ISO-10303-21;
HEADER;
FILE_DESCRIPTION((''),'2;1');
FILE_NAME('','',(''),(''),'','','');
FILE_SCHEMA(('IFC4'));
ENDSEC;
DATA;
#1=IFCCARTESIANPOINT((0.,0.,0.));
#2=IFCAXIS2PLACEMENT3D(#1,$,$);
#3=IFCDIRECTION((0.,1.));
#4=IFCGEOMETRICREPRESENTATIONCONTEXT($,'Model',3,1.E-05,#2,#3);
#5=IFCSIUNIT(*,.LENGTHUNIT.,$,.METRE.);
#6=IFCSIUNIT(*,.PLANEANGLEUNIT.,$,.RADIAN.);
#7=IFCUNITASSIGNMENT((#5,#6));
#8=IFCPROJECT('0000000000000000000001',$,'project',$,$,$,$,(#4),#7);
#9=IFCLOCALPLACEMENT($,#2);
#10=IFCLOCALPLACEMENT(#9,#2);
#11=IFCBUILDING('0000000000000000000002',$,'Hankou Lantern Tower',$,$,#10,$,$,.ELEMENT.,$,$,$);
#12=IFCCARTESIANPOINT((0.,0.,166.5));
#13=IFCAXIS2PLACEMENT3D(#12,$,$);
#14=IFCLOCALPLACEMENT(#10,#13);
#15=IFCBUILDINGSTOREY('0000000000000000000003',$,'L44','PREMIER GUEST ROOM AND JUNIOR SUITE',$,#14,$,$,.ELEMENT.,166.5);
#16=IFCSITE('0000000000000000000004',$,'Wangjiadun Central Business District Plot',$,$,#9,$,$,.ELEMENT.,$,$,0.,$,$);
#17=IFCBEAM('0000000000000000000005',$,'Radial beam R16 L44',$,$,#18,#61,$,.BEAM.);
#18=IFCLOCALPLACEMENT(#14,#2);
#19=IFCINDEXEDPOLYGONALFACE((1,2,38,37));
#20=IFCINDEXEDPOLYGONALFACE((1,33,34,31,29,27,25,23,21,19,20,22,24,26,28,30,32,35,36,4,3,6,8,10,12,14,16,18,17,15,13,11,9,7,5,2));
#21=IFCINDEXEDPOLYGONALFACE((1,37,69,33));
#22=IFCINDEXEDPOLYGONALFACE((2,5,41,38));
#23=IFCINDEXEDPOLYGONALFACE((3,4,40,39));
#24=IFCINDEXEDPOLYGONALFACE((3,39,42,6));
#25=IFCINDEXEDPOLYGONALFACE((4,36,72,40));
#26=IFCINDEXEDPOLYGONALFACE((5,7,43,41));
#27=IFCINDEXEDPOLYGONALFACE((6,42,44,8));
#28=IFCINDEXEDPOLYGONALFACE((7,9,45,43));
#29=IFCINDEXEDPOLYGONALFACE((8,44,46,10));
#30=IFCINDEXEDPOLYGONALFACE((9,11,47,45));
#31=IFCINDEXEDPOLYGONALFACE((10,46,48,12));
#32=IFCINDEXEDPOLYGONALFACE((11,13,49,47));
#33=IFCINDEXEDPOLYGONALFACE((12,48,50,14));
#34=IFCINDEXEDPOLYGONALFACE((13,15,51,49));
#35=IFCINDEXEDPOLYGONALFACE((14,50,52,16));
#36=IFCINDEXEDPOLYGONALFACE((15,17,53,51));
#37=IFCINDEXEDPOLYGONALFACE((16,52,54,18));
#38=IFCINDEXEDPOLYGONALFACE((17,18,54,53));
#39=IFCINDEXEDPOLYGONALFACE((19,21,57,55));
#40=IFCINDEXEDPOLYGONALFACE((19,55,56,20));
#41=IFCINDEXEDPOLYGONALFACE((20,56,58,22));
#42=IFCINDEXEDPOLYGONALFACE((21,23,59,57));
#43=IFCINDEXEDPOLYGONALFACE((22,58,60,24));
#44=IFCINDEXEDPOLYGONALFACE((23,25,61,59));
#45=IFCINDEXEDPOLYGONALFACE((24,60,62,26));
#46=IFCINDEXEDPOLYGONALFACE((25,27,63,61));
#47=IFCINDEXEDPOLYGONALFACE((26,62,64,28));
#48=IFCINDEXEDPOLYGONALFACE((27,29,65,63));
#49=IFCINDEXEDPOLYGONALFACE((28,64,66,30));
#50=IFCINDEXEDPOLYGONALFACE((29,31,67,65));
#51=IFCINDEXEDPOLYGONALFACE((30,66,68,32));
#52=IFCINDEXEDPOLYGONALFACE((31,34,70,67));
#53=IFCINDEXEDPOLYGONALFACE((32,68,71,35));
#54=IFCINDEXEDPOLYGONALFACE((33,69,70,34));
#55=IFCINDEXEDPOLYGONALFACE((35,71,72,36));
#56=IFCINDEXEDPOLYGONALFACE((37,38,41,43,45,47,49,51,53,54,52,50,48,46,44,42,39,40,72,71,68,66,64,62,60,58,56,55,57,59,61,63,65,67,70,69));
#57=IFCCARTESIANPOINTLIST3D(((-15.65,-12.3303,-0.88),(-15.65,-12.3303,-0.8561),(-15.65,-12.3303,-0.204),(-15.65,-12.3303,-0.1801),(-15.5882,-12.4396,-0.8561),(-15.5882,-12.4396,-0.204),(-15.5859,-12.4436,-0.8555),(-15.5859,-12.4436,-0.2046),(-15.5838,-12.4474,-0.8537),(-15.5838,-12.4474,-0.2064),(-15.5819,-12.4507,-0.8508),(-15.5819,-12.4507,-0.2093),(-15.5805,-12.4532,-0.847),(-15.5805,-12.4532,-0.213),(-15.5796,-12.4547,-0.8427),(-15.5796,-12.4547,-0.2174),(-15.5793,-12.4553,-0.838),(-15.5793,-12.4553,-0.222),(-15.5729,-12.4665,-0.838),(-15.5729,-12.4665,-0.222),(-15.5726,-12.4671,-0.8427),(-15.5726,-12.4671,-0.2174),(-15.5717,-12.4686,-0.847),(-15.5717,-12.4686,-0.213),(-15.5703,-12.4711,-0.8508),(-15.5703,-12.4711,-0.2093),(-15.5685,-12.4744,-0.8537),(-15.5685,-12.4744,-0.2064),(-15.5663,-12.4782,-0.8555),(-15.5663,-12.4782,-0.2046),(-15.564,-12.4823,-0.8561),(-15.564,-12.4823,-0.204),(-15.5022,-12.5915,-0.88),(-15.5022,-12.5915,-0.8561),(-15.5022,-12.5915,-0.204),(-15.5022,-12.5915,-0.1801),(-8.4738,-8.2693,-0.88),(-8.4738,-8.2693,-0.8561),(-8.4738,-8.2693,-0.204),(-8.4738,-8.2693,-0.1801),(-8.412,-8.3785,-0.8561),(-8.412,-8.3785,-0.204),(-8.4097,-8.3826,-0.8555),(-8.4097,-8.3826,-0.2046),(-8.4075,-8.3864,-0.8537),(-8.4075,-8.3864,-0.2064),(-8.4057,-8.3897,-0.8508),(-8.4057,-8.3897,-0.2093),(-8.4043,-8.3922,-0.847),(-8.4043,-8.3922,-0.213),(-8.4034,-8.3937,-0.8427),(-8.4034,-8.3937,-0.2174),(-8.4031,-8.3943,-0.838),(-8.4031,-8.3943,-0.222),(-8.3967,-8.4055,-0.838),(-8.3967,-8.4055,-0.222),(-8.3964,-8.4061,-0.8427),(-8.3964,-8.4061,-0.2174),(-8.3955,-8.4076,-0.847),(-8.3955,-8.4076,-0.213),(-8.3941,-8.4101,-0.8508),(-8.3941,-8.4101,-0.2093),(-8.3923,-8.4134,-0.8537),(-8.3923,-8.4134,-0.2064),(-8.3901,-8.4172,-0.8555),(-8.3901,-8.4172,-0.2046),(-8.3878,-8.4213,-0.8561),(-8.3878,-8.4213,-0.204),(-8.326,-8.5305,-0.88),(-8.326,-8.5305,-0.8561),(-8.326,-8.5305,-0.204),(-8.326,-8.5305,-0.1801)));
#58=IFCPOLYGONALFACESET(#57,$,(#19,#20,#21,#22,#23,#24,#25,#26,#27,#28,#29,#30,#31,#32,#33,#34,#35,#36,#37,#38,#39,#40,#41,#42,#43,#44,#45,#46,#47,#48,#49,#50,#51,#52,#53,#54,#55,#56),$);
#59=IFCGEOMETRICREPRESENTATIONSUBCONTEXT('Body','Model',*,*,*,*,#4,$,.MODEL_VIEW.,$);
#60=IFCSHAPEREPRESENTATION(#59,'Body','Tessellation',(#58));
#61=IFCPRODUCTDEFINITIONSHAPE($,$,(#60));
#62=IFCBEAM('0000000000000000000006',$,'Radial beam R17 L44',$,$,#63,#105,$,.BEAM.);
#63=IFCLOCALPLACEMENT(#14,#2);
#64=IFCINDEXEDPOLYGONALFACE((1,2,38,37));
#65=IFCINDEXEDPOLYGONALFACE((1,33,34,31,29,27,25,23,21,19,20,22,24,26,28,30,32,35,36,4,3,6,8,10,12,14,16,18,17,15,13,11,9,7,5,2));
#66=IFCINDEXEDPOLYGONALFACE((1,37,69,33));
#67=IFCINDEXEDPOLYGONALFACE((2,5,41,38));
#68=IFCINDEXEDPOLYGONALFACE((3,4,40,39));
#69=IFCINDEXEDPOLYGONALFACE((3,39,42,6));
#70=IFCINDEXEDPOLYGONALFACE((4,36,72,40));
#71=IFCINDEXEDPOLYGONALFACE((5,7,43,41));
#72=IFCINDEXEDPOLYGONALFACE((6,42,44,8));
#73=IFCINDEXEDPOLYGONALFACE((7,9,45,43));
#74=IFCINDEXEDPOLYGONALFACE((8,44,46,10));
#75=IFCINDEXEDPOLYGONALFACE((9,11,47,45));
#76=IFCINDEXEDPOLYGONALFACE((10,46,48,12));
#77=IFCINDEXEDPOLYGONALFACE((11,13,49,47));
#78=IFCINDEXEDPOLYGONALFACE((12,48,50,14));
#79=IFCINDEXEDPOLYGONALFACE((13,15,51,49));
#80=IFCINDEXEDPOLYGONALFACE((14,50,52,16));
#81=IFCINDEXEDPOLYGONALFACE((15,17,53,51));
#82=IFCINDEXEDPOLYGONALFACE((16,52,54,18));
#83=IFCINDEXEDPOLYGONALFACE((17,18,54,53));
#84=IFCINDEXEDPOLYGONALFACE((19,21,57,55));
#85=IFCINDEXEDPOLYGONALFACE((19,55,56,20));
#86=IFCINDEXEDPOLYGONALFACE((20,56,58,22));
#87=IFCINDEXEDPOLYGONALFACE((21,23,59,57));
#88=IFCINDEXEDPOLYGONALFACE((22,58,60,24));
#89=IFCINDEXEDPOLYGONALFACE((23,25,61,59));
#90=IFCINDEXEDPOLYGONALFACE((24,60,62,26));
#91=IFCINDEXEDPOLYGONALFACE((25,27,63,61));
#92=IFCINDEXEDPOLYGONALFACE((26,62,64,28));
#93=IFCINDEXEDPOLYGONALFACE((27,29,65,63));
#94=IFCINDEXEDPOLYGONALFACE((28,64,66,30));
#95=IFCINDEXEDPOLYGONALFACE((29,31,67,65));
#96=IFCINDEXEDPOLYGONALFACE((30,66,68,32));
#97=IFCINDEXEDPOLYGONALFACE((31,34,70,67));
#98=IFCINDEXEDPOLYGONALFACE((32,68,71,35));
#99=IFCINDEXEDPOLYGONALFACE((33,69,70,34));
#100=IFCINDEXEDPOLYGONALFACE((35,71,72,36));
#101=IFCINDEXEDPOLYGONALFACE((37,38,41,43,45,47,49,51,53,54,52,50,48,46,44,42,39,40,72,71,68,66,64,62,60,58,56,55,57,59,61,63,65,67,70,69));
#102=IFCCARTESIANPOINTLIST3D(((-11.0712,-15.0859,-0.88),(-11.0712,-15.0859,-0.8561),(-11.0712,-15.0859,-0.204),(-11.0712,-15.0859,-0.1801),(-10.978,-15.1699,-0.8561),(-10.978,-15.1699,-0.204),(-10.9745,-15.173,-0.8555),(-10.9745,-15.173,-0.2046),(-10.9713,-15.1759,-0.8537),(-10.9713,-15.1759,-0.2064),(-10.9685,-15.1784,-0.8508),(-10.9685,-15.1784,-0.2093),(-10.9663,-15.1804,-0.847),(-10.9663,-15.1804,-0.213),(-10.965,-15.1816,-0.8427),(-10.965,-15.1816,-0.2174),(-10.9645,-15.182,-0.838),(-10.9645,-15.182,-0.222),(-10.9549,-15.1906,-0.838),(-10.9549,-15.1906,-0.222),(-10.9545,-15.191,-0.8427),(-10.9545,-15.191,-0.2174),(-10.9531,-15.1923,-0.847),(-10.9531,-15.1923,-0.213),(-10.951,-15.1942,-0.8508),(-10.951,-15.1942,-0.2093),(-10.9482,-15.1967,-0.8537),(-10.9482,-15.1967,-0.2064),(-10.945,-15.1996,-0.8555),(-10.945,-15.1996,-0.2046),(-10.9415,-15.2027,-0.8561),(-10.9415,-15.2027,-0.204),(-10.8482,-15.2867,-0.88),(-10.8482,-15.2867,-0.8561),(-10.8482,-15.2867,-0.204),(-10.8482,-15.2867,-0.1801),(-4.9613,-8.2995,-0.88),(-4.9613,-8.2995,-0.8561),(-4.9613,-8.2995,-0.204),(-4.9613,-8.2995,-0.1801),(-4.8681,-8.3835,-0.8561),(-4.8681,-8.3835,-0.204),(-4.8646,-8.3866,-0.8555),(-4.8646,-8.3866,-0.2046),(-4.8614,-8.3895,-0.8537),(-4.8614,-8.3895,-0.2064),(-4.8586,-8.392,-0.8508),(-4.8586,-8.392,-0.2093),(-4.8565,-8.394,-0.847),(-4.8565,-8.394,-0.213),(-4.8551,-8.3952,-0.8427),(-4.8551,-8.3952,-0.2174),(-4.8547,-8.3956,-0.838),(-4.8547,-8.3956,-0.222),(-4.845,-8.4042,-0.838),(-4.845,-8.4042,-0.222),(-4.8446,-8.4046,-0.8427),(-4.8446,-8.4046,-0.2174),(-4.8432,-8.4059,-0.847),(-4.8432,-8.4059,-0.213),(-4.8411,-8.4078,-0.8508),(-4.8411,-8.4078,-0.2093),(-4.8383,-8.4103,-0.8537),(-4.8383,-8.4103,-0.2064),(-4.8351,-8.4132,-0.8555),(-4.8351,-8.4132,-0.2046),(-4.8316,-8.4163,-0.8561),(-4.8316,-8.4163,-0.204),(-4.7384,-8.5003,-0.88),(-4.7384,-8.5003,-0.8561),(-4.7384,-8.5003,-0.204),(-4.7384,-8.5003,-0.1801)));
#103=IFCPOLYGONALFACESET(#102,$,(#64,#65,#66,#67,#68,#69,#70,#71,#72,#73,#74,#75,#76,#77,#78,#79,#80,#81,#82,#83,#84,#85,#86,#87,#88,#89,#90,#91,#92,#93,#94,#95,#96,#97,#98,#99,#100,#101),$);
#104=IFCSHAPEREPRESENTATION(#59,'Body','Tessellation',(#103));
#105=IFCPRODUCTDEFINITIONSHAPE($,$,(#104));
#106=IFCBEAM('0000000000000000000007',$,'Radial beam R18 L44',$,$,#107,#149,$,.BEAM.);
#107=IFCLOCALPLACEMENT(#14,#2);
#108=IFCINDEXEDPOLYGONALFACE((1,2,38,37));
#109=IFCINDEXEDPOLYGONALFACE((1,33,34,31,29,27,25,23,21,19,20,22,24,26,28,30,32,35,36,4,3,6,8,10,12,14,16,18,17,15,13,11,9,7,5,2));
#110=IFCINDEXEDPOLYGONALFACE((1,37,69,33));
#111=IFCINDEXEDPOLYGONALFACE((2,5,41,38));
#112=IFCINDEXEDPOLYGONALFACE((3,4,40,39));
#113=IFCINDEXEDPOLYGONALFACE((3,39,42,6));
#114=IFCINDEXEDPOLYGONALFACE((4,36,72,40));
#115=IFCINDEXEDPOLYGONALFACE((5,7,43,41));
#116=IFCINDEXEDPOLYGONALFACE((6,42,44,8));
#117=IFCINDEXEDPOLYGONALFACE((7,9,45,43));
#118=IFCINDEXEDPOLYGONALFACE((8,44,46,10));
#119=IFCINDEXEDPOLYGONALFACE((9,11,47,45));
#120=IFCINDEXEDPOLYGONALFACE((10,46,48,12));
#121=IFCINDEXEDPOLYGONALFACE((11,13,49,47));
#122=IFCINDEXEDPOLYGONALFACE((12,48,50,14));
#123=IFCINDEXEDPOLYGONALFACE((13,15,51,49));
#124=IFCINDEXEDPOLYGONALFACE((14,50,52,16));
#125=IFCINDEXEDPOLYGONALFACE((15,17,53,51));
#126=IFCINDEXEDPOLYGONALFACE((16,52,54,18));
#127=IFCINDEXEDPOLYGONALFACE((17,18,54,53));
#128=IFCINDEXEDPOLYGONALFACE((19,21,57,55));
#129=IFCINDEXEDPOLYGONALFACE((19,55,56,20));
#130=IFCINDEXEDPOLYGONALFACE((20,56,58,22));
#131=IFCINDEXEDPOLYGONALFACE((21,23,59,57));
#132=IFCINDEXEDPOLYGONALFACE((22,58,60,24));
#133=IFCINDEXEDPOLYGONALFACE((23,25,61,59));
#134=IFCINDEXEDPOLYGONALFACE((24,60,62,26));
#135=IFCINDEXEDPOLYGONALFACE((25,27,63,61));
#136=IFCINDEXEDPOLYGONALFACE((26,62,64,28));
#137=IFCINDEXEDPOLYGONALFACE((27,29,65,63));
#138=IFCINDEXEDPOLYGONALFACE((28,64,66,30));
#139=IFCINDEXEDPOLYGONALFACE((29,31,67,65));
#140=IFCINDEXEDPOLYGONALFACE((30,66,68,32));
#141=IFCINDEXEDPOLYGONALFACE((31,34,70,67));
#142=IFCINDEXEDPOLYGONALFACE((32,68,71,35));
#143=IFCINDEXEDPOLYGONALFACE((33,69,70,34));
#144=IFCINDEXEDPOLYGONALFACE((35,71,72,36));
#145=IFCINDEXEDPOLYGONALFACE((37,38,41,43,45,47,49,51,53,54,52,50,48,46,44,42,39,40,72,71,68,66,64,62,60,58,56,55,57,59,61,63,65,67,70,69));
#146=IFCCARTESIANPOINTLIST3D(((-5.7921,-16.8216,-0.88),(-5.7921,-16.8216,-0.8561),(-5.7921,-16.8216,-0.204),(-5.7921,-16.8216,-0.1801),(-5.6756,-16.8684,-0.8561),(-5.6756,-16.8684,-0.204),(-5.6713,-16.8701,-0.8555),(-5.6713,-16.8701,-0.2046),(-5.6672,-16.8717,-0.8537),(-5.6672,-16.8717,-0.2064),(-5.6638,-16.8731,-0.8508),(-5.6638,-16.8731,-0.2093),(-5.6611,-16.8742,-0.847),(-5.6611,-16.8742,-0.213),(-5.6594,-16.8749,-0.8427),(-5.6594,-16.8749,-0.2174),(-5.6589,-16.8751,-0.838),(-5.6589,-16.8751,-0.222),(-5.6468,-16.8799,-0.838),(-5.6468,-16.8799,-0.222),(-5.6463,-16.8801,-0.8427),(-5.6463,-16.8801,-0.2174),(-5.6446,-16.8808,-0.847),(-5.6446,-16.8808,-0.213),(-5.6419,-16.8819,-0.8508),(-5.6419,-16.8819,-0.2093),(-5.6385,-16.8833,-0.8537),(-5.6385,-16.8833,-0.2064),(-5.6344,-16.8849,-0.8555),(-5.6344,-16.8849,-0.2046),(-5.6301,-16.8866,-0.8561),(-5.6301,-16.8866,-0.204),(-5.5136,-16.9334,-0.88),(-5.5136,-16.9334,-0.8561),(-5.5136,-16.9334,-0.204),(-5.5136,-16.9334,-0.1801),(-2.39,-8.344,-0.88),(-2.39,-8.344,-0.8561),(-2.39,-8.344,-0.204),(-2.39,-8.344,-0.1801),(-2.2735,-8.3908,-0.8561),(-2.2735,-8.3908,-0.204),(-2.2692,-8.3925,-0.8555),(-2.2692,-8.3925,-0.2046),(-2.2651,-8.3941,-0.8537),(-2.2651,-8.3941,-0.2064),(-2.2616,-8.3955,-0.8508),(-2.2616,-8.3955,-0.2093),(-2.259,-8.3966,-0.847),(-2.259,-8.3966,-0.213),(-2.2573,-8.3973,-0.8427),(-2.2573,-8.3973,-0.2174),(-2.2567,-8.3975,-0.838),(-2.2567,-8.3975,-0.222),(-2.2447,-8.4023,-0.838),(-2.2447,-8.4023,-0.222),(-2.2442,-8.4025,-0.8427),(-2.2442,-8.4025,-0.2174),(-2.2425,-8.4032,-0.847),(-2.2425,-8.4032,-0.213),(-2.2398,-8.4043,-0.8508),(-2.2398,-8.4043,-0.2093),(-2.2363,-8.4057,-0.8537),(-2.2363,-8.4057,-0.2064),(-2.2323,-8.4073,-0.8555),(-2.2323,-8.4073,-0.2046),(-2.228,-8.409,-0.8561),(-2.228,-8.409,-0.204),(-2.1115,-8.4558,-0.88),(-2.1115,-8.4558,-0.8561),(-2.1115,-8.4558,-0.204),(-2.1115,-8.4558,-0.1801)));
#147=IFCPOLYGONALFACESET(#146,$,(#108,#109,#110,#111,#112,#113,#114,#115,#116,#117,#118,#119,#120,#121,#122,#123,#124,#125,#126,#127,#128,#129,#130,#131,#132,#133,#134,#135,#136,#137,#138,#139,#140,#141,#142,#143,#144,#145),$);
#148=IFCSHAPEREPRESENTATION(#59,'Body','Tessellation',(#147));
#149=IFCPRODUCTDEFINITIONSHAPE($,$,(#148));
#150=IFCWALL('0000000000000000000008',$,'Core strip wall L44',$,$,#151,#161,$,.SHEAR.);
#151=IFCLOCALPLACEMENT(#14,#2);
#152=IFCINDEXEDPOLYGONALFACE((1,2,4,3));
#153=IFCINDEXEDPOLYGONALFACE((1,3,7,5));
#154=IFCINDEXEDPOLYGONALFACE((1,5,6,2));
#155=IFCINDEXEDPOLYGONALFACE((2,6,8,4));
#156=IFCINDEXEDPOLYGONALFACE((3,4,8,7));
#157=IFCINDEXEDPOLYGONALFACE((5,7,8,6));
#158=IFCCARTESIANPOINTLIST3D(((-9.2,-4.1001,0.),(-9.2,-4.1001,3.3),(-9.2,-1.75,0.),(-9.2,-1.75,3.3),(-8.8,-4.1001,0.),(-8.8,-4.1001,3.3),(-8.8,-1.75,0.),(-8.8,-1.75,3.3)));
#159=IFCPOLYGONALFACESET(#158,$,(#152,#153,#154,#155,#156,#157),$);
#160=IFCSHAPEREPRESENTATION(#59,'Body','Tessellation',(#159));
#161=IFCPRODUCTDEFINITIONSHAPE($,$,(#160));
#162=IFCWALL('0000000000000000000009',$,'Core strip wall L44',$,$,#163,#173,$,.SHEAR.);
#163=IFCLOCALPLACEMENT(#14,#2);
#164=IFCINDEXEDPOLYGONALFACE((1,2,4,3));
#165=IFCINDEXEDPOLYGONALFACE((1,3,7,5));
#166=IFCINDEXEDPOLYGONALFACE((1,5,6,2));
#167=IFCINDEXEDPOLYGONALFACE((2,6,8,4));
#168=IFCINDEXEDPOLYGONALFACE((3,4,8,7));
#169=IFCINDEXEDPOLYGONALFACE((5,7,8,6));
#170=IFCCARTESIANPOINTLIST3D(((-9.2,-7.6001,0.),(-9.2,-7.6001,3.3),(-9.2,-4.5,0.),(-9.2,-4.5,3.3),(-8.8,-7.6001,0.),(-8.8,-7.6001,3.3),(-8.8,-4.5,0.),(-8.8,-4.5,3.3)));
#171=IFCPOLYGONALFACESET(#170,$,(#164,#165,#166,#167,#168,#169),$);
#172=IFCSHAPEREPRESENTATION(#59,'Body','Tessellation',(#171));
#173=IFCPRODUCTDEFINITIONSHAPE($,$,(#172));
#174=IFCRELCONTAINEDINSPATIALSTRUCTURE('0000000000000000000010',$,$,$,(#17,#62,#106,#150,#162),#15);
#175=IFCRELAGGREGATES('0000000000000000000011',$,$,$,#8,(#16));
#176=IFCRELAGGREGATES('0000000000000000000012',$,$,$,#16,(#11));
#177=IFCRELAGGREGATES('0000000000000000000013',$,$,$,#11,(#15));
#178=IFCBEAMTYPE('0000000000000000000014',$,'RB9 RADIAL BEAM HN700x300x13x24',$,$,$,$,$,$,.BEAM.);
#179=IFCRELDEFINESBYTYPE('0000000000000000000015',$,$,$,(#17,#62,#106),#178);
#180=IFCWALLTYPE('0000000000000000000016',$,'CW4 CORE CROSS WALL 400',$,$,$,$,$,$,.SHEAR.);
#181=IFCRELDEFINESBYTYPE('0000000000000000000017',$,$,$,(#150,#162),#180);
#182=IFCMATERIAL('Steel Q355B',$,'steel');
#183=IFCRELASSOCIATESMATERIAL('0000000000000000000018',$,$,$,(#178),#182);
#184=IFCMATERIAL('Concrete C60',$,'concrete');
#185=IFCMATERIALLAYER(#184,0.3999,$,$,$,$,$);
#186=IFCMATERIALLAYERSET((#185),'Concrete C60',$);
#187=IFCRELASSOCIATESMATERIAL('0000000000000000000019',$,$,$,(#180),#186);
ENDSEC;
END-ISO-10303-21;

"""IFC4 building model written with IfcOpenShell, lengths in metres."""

from ifc_helpers import new_model, si_unit, direction, frame, frame_2d, origin, origin_2d, place, context, subcontext, project, spatial, rectangle, i_section, extrude, material, layer, layer_set, material_profile, profile_set, type_object, element, save


model = new_model("IFC4")

# Units and contexts
model_context = context("Model", 3, precision=1e-05, world=origin(), true_north=direction((0.0, 1.0)))
body_context = subcontext(model_context, "Body", "Model", "MODEL_VIEW")
ifc_project = project(units=[si_unit("LENGTHUNIT", "METRE"), si_unit("PLANEANGLEUNIT", "RADIAN")], contexts=[model_context])

# Site, building, storey
site_placement = place(None, origin())
site = spatial("IfcSite", under=ifc_project, at=site_placement, Name="Wangjiadun Central Business District Plot", CompositionType="ELEMENT", RefElevation=0.0)
building_placement = place(site_placement, origin())
building = spatial("IfcBuilding", under=site, at=building_placement, Name="Hankou Lantern Tower", CompositionType="ELEMENT")
storey_placement = place(building_placement, frame((0.0, 0.0, 166.5)))
storey = spatial("IfcBuildingStorey", under=building, at=storey_placement, Name="L44", Description="PREMIER GUEST ROOM AND JUNIOR SUITE", CompositionType="ELEMENT", Elevation=166.5)

# Beams
ifc_material_1 = material(Name="Steel Q355B", Category="steel")
ifc_material_profile = material_profile(ifc_material_1, i_section(OverallWidth=0.3, OverallDepth=0.7, WebThickness=0.0129, FlangeThickness=0.0239, FilletRadius=0.0181, at=origin_2d()), Name="HN700x300x13x24")
ifc_profile_set = profile_set([ifc_material_profile], Name="Steel Q355B")
beam_type = type_object("IfcBeamType", Name="RB9 RADIAL BEAM HN700x300x13x24", PredefinedType="BEAM", material=ifc_profile_set)
beam_1_placement = place(storey_placement, frame((-8.3999, -8.3999, -0.53), z_axis=(-0.870309, -0.492506, 0.0), x_axis=(0.492506, -0.870309, 0.0)))
element("IfcBeam", 1, at=beam_1_placement, inside=storey, type_object=beam_type, Name="Radial beam R16 L44", PredefinedType="BEAM", context=body_context, shape_type="SweptSolid", body=[
    extrude(i_section(OverallWidth=0.3, OverallDepth=0.7, WebThickness=0.0129, FlangeThickness=0.0239, FilletRadius=0.0181, at=origin_2d()), origin(), (0.0, 0.0, 1.0), 8.2456),
])
beam_2_placement = place(storey_placement, frame((-4.8499, -8.3999, -0.53), z_axis=(-0.669093, -0.743178, 0.0), x_axis=(0.743178, -0.669093, 0.0)))
element("IfcBeam", 2, at=beam_2_placement, inside=storey, type_object=beam_type, Name="Radial beam R17 L44", PredefinedType="BEAM", context=body_context, shape_type="SweptSolid", body=[
    extrude(i_section(OverallWidth=0.3, OverallDepth=0.7, WebThickness=0.0129, FlangeThickness=0.0239, FilletRadius=0.0181, at=origin_2d()), origin(), (0.0, 0.0, 1.0), 9.1316),
])
beam_3_placement = place(storey_placement, frame((-2.2507, -8.3999, -0.53), z_axis=(-0.372436, -0.928058, 0.0), x_axis=(0.928058, -0.372436, 0.0)))
element("IfcBeam", 3, at=beam_3_placement, inside=storey, type_object=beam_type, Name="Radial beam R18 L44", PredefinedType="BEAM", context=body_context, shape_type="SweptSolid", body=[
    extrude(i_section(OverallWidth=0.3, OverallDepth=0.7, WebThickness=0.0129, FlangeThickness=0.0239, FilletRadius=0.0181, at=origin_2d()), origin(), (0.0, 0.0, 1.0), 9.1348),
])

# Walls
ifc_material_2 = material(Name="Concrete C60", Category="concrete")
ifc_layer_1 = layer(ifc_material_2, 0.3999)
ifc_layer_set_1 = layer_set([ifc_layer_1], Name="Concrete C60")
wall_type_1 = type_object("IfcWallType", Name="CW4 CORE CROSS WALL 400", PredefinedType="SHEAR", material=ifc_layer_set_1)
wall_1_placement = place(storey_placement, frame((-9.0, -4.1001, 0.0), z_axis=(0.0, 0.0, 1.0), x_axis=(0.0, 1.0, 0.0)))
element("IfcWall", 4, at=wall_1_placement, inside=storey, type_object=wall_type_1, Name="Core strip wall L44", PredefinedType="SHEAR", context=body_context, shape_type="SweptSolid", body=[
    extrude(rectangle(XDim=2.3501, YDim=0.3999, at=frame_2d((1.175, 0.0))), origin(), (0.0, 0.0, 1.0), 3.3),
])
wall_2_placement = place(storey_placement, frame((-9.0, -7.6001, 0.0), z_axis=(0.0, 0.0, 1.0), x_axis=(0.0, 1.0, 0.0)))
element("IfcWall", 5, at=wall_2_placement, inside=storey, type_object=wall_type_1, Name="Core strip wall L44", PredefinedType="SHEAR", context=body_context, shape_type="SweptSolid", body=[
    extrude(rectangle(XDim=3.1001, YDim=0.3999, at=frame_2d((1.55, 0.0))), origin(), (0.0, 0.0, 1.0), 3.3),
])

save(model, "model.ifc")
